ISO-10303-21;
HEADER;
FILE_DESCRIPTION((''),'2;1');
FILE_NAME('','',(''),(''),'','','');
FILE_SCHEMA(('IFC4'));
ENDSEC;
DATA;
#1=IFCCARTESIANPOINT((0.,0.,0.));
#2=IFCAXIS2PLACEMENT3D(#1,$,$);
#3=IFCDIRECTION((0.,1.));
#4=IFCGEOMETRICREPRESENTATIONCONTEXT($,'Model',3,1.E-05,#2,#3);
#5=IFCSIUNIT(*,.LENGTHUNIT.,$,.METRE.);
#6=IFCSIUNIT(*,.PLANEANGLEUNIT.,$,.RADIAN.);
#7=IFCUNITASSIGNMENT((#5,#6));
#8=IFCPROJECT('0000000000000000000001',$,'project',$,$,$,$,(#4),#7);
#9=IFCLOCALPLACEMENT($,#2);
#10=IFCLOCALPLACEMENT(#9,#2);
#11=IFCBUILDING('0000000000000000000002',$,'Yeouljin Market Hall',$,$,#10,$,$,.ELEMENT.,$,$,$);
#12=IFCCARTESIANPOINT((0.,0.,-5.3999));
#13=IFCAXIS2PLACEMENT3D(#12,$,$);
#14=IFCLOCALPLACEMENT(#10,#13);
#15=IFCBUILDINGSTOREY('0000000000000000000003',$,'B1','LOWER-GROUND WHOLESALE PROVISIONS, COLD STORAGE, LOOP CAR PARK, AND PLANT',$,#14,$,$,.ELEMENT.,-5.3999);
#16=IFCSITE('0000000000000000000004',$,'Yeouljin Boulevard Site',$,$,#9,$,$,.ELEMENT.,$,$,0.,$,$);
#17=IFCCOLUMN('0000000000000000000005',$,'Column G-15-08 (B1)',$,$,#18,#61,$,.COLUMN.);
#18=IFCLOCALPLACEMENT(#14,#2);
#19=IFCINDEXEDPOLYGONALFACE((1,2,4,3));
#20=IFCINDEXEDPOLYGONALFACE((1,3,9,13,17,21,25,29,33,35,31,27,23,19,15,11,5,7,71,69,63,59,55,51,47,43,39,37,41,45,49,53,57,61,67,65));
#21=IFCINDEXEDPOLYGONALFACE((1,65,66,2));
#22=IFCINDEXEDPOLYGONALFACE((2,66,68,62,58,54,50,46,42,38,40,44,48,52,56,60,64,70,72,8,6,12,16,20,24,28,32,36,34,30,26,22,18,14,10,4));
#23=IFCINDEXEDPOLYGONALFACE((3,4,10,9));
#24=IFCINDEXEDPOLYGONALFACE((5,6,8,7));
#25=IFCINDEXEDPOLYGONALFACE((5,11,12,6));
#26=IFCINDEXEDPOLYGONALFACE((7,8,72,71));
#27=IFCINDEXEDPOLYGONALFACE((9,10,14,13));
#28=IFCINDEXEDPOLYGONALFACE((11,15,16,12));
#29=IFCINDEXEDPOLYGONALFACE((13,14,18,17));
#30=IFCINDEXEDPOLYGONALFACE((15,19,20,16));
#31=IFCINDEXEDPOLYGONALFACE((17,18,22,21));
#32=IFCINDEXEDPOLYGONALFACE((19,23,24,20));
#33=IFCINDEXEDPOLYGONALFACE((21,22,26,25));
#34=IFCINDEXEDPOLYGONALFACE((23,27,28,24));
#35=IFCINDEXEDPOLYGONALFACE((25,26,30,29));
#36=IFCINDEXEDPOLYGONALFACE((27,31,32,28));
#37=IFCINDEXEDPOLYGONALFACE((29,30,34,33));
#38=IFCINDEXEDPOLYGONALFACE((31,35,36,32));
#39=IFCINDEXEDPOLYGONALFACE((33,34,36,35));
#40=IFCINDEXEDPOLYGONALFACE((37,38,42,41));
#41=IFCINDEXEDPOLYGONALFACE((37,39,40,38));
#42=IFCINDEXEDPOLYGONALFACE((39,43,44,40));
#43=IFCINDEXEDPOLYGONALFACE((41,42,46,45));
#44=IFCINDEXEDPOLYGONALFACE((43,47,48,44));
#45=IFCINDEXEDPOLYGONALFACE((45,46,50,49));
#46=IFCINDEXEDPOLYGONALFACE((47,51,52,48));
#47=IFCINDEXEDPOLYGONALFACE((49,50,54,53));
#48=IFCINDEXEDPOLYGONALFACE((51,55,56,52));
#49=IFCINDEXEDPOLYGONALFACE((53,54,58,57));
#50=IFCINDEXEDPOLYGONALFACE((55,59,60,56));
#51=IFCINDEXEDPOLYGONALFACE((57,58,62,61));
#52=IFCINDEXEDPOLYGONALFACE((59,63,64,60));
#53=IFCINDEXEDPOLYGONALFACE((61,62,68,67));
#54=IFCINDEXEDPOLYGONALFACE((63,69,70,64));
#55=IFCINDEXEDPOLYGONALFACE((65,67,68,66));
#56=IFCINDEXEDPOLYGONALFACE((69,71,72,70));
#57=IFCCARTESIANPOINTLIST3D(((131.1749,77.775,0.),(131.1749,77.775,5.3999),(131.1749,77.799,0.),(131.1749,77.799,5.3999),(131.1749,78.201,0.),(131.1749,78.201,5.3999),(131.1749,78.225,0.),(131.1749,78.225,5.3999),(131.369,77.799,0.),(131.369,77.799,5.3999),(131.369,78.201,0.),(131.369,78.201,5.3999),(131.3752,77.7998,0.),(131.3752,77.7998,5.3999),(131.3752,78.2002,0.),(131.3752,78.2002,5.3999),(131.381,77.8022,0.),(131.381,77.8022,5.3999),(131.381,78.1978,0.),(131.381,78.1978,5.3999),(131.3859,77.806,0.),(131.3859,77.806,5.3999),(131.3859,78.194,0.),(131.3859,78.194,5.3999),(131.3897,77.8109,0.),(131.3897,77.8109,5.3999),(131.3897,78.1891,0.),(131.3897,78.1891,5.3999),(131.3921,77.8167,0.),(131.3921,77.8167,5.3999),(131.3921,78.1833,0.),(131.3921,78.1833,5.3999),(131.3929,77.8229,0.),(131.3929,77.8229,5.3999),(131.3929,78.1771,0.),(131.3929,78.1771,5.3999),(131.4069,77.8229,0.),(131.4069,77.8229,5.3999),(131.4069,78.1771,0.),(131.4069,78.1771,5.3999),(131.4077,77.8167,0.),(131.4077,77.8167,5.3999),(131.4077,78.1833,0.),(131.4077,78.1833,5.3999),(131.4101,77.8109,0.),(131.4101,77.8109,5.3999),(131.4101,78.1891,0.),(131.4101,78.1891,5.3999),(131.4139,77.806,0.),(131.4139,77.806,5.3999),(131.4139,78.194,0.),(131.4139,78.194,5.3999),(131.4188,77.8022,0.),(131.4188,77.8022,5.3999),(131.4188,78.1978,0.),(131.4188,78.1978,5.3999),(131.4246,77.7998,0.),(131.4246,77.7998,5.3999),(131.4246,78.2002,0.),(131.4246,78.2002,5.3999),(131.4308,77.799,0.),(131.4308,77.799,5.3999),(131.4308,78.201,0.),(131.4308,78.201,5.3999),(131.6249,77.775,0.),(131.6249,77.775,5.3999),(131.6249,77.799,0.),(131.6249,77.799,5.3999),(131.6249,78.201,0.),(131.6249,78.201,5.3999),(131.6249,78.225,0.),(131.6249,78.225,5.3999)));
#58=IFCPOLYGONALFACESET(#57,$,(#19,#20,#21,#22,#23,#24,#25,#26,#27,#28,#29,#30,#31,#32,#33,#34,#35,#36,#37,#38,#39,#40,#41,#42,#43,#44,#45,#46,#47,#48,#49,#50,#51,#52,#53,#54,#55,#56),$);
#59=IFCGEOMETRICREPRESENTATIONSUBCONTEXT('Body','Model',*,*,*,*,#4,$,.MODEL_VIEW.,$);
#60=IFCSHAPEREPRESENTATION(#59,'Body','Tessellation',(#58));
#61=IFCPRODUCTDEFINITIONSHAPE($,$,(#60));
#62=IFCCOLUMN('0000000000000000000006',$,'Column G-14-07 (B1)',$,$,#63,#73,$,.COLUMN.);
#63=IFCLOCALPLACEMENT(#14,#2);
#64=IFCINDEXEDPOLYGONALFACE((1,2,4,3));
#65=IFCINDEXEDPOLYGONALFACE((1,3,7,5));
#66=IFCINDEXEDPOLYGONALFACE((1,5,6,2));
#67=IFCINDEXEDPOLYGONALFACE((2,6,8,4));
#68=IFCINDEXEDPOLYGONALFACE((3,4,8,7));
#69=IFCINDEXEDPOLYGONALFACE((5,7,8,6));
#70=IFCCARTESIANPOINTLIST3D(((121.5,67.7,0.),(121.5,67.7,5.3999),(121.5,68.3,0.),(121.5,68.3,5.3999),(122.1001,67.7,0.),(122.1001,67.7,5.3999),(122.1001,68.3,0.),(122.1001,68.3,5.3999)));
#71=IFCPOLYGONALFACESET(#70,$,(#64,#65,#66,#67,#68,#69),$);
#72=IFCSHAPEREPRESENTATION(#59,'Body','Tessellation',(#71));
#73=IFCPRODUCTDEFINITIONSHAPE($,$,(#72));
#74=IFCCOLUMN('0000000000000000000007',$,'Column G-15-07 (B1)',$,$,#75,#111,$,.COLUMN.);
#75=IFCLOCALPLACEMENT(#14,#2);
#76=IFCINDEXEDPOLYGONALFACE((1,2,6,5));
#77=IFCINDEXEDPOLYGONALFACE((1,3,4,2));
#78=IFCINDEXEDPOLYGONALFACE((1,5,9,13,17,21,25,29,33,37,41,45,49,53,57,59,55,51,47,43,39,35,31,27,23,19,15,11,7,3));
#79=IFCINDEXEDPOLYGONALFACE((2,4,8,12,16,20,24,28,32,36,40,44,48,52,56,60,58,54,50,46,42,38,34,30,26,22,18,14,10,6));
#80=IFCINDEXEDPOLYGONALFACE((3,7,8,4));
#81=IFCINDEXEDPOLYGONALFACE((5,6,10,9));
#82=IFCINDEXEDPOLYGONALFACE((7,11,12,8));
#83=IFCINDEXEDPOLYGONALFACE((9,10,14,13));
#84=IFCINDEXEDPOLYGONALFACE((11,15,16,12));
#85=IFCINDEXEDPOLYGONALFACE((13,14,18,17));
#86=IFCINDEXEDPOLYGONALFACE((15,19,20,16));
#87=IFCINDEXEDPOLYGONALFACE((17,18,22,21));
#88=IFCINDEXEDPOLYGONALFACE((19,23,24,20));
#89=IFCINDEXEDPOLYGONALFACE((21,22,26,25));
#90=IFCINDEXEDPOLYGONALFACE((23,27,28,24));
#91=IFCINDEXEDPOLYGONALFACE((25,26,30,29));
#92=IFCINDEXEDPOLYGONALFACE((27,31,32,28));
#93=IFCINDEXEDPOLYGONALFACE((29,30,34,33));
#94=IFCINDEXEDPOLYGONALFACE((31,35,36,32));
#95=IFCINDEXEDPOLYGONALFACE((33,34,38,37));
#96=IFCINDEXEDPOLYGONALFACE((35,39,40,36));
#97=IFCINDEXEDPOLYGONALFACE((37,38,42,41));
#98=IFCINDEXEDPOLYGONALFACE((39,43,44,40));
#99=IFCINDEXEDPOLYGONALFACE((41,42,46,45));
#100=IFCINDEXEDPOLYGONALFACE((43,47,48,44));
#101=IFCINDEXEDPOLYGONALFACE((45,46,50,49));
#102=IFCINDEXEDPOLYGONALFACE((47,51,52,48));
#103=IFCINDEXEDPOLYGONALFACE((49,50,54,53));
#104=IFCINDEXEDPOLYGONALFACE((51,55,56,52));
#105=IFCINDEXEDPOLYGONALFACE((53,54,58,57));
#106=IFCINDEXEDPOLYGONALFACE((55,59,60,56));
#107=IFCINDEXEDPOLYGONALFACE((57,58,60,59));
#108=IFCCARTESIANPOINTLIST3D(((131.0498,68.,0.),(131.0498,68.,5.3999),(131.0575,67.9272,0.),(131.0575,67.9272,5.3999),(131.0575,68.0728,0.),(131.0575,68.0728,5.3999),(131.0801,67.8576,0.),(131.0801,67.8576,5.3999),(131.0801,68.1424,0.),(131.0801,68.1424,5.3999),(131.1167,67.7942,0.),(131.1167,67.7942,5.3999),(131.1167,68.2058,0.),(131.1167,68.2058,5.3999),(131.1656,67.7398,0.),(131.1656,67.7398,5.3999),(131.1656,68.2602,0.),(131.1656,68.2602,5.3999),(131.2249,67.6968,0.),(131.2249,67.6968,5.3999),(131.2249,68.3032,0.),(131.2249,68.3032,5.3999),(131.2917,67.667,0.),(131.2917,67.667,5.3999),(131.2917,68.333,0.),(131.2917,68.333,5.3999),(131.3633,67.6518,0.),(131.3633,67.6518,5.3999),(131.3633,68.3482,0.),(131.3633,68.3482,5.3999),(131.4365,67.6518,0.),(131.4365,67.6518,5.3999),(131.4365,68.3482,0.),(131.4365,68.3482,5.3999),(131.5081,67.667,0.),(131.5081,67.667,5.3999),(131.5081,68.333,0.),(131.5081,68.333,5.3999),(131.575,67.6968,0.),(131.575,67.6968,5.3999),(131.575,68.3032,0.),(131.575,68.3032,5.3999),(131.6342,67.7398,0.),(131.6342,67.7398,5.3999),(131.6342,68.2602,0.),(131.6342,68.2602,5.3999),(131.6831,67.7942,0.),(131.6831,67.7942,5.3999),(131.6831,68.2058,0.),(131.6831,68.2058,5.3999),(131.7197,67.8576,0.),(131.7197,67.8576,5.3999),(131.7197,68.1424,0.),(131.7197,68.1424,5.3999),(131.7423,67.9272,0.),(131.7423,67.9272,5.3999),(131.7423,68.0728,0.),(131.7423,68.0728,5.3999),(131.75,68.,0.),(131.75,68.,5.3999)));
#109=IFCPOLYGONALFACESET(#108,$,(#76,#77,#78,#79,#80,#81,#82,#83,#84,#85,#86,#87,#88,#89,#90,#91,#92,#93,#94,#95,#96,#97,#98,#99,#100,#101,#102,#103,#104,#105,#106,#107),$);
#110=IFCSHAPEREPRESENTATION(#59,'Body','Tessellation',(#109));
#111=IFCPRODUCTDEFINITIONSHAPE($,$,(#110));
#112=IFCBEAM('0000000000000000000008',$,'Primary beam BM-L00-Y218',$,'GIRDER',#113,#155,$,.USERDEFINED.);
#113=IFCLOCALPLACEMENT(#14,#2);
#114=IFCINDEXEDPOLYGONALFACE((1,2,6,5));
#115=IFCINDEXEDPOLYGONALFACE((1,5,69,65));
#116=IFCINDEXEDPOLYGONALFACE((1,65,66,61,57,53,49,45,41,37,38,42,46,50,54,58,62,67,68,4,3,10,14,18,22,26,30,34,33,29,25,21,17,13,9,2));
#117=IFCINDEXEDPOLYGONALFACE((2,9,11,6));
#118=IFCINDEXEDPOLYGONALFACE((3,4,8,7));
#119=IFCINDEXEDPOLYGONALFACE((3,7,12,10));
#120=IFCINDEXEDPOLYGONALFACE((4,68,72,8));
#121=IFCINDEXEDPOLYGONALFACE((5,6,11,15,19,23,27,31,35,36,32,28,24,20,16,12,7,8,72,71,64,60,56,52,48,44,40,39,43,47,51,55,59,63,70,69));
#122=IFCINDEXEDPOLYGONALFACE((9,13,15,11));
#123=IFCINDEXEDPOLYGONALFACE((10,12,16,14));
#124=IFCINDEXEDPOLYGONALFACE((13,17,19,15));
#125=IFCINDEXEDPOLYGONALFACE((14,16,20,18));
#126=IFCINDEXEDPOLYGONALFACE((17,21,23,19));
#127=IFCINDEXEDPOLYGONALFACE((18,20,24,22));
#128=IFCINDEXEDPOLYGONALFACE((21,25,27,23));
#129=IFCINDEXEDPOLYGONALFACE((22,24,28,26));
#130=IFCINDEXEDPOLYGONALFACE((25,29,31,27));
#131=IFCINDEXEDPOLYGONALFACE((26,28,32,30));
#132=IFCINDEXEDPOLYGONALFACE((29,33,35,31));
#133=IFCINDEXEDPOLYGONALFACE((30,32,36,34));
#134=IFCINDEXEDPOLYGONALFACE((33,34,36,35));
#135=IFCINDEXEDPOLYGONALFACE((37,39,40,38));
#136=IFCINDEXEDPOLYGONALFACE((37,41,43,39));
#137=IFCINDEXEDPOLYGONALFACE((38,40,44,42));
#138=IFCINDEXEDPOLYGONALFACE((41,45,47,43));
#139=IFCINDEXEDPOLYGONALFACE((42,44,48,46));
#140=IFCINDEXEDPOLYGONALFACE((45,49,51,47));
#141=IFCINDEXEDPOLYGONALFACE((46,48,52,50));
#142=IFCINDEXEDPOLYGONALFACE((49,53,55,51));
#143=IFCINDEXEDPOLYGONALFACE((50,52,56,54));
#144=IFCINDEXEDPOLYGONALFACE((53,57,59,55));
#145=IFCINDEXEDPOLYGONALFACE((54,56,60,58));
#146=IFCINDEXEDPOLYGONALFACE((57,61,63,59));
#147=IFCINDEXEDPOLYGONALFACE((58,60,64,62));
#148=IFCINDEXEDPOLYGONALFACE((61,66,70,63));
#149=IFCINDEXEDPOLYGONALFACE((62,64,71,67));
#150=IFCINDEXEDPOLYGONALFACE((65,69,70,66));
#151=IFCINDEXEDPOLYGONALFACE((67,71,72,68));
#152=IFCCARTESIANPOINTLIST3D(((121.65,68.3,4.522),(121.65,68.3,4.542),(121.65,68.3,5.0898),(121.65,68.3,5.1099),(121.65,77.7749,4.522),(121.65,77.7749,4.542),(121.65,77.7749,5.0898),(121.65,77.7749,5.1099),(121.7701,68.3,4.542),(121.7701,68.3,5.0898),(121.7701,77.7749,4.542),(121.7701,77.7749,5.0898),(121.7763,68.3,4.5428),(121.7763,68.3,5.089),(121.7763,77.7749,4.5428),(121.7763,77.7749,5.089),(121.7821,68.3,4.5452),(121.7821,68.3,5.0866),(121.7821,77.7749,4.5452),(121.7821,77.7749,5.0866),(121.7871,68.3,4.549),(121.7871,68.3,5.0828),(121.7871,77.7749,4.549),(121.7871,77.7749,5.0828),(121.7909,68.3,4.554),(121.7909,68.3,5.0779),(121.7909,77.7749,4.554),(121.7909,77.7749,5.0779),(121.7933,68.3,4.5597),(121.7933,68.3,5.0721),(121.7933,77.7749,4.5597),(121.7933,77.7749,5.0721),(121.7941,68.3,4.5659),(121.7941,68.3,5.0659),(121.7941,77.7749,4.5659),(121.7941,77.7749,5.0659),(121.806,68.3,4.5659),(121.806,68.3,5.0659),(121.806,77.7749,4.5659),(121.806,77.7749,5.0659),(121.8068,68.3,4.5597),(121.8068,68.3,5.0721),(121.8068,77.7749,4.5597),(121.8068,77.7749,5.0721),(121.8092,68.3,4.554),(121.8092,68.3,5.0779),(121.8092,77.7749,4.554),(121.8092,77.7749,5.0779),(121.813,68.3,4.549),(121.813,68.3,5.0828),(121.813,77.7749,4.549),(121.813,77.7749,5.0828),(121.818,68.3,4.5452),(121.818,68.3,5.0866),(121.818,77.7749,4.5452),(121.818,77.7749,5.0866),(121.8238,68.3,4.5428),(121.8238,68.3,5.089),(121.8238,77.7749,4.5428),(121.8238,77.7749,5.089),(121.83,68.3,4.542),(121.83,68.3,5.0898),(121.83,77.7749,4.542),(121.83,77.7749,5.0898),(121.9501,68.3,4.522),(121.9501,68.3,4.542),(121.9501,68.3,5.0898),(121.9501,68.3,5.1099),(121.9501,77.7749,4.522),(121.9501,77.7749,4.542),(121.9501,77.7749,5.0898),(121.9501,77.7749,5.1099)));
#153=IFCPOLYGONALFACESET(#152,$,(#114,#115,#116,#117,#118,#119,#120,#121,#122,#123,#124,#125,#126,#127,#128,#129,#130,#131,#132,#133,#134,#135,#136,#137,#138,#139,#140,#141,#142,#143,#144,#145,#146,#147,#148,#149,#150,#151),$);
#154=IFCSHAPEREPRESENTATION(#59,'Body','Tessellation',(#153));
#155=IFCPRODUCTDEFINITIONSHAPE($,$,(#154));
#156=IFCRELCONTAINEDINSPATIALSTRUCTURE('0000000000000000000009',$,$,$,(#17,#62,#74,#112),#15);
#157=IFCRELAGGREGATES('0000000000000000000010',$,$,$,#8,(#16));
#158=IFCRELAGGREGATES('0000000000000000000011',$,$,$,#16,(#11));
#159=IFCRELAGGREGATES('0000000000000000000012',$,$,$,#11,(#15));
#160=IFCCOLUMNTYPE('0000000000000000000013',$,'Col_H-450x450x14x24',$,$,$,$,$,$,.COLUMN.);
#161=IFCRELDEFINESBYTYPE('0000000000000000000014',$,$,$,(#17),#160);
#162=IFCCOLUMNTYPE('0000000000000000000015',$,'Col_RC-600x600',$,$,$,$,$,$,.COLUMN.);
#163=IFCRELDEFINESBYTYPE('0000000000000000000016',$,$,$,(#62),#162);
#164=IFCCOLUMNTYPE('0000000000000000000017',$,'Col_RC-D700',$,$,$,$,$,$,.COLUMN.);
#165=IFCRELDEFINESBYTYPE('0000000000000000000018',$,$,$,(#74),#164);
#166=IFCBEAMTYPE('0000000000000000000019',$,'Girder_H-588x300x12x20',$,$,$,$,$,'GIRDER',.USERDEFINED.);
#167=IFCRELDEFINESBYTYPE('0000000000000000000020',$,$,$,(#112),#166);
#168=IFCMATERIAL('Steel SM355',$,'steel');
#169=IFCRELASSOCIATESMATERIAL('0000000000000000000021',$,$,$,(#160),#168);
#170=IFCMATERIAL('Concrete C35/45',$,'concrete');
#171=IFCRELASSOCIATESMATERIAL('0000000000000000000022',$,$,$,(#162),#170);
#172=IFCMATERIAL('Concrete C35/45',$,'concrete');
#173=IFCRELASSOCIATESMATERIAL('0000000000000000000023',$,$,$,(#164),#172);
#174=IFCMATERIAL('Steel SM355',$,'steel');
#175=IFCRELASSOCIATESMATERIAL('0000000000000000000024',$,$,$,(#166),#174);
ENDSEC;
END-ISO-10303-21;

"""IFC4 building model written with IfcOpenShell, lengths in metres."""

from ifc_helpers import new_model, si_unit, direction, frame, origin, origin_2d, place, context, subcontext, project, spatial, rectangle, circle, i_section, extrude, material, material_profile, profile_set, type_object, element, save


model = new_model("IFC4")

# Units and contexts
model_context = context("Model", 3, precision=1e-05, world=origin(), true_north=direction((0.0, 1.0)))
body_context = subcontext(model_context, "Body", "Model", "MODEL_VIEW")
ifc_project = project(units=[si_unit("LENGTHUNIT", "METRE"), si_unit("PLANEANGLEUNIT", "RADIAN")], contexts=[model_context])

# Site, building, storey
site_placement = place(None, origin())
site = spatial("IfcSite", under=ifc_project, at=site_placement, Name="Yeouljin Boulevard Site", CompositionType="ELEMENT", RefElevation=0.0)
building_placement = place(site_placement, origin())
building = spatial("IfcBuilding", under=site, at=building_placement, Name="Yeouljin Market Hall", CompositionType="ELEMENT")
storey_placement = place(building_placement, frame((0.0, 0.0, -5.3999)))
storey = spatial("IfcBuildingStorey", under=building, at=storey_placement, Name="B1", Description="LOWER-GROUND WHOLESALE PROVISIONS, COLD STORAGE, LOOP CAR PARK, AND PLANT", CompositionType="ELEMENT", Elevation=-5.3999)

# Columns
ifc_material_1 = material(Name="Steel SM355", Category="steel")
ifc_material_profile_1 = material_profile(ifc_material_1, i_section(OverallWidth=0.45, OverallDepth=0.45, WebThickness=0.0139, FlangeThickness=0.0239, FilletRadius=0.0239, at=origin_2d()), Name="H-450x450x14x24")
ifc_profile_set_1 = profile_set([ifc_material_profile_1], Name="Steel SM355")
column_type_1 = type_object("IfcColumnType", Name="Col_H-450x450x14x24", PredefinedType="COLUMN", material=ifc_profile_set_1)
for number, where, z_axis, x_axis, name in (
    (1, (131.3999, 78.0, 0.0), (0.0, 0.0, 1.0), (1.0, 0.0, 0.0), "Column G-15-08 (B1)"),
):
    element("IfcColumn", number, at=place(storey_placement, frame(where, z_axis=z_axis, x_axis=x_axis)), inside=storey, type_object=column_type_1, Name=name, PredefinedType="COLUMN", context=body_context, shape_type="SweptSolid", body=[
        extrude(i_section(OverallWidth=0.45, OverallDepth=0.45, WebThickness=0.0139, FlangeThickness=0.0239, FilletRadius=0.0239, at=origin_2d()), origin(), (0.0, 0.0, 1.0), 5.3999),
    ])
ifc_material_2 = material(Name="Concrete C35/45", Category="concrete")
ifc_material_profile_2 = material_profile(ifc_material_2, rectangle(XDim=0.6001, YDim=0.6001, at=origin_2d()), Name="RC-600x600")
ifc_profile_set_2 = profile_set([ifc_material_profile_2], Name="Concrete C35/45")
column_type_2 = type_object("IfcColumnType", Name="Col_RC-600x600", PredefinedType="COLUMN", material=ifc_profile_set_2)
column_1_placement = place(storey_placement, frame((121.8, 68.0, 0.0), z_axis=(0.0, 0.0, 1.0), x_axis=(1.0, 0.0, 0.0)))
element("IfcColumn", 2, at=column_1_placement, inside=storey, type_object=column_type_2, Name="Column G-14-07 (B1)", PredefinedType="COLUMN", context=body_context, shape_type="SweptSolid", body=[
    extrude(rectangle(XDim=0.6001, YDim=0.6001, at=origin_2d()), origin(), (0.0, 0.0, 1.0), 5.3999),
])
ifc_material_3 = material(Name="Concrete C35/45", Category="concrete")
ifc_material_profile_3 = material_profile(ifc_material_3, circle(Radius=0.3501, at=origin_2d()), Name="RC-D700")
ifc_profile_set_3 = profile_set([ifc_material_profile_3], Name="Concrete C35/45")
column_type_3 = type_object("IfcColumnType", Name="Col_RC-D700", PredefinedType="COLUMN", material=ifc_profile_set_3)
column_2_placement = place(storey_placement, frame((131.3999, 68.0, 0.0), z_axis=(0.0, 0.0, 1.0), x_axis=(1.0, 0.0, 0.0)))
element("IfcColumn", 3, at=column_2_placement, inside=storey, type_object=column_type_3, Name="Column G-15-07 (B1)", PredefinedType="COLUMN", context=body_context, shape_type="SweptSolid", body=[
    extrude(circle(Radius=0.3501, at=origin_2d()), origin(), (0.0, 0.0, 1.0), 5.3999),
])

# Beam
ifc_material_4 = material(Name="Steel SM355", Category="steel")
ifc_material_profile_4 = material_profile(ifc_material_4, i_section(OverallWidth=0.3, OverallDepth=0.5879, WebThickness=0.012, FlangeThickness=0.02, FilletRadius=0.0239, at=origin_2d()), Name="H-588x300x12x20")
ifc_profile_set_4 = profile_set([ifc_material_profile_4], Name="Steel SM355")
beam_type_1 = type_object("IfcBeamType", Name="Girder_H-588x300x12x20", ElementType="GIRDER", PredefinedType="USERDEFINED", material=ifc_profile_set_4)
beam_1_placement = place(storey_placement, frame((121.8, 68.3, 4.8159), z_axis=(0.0, 1.0, 0.0), x_axis=(-1.0, 0.0, 0.0)))
element("IfcBeam", 4, at=beam_1_placement, inside=storey, type_object=beam_type_1, Name="Primary beam BM-L00-Y218", ObjectType="GIRDER", PredefinedType="USERDEFINED", context=body_context, shape_type="SweptSolid", body=[
    extrude(i_section(OverallWidth=0.3, OverallDepth=0.5879, WebThickness=0.012, FlangeThickness=0.02, FilletRadius=0.0239, at=origin_2d()), origin(), (0.0, 0.0, 1.0), 9.4749),
])

save(model, "model.ifc")
